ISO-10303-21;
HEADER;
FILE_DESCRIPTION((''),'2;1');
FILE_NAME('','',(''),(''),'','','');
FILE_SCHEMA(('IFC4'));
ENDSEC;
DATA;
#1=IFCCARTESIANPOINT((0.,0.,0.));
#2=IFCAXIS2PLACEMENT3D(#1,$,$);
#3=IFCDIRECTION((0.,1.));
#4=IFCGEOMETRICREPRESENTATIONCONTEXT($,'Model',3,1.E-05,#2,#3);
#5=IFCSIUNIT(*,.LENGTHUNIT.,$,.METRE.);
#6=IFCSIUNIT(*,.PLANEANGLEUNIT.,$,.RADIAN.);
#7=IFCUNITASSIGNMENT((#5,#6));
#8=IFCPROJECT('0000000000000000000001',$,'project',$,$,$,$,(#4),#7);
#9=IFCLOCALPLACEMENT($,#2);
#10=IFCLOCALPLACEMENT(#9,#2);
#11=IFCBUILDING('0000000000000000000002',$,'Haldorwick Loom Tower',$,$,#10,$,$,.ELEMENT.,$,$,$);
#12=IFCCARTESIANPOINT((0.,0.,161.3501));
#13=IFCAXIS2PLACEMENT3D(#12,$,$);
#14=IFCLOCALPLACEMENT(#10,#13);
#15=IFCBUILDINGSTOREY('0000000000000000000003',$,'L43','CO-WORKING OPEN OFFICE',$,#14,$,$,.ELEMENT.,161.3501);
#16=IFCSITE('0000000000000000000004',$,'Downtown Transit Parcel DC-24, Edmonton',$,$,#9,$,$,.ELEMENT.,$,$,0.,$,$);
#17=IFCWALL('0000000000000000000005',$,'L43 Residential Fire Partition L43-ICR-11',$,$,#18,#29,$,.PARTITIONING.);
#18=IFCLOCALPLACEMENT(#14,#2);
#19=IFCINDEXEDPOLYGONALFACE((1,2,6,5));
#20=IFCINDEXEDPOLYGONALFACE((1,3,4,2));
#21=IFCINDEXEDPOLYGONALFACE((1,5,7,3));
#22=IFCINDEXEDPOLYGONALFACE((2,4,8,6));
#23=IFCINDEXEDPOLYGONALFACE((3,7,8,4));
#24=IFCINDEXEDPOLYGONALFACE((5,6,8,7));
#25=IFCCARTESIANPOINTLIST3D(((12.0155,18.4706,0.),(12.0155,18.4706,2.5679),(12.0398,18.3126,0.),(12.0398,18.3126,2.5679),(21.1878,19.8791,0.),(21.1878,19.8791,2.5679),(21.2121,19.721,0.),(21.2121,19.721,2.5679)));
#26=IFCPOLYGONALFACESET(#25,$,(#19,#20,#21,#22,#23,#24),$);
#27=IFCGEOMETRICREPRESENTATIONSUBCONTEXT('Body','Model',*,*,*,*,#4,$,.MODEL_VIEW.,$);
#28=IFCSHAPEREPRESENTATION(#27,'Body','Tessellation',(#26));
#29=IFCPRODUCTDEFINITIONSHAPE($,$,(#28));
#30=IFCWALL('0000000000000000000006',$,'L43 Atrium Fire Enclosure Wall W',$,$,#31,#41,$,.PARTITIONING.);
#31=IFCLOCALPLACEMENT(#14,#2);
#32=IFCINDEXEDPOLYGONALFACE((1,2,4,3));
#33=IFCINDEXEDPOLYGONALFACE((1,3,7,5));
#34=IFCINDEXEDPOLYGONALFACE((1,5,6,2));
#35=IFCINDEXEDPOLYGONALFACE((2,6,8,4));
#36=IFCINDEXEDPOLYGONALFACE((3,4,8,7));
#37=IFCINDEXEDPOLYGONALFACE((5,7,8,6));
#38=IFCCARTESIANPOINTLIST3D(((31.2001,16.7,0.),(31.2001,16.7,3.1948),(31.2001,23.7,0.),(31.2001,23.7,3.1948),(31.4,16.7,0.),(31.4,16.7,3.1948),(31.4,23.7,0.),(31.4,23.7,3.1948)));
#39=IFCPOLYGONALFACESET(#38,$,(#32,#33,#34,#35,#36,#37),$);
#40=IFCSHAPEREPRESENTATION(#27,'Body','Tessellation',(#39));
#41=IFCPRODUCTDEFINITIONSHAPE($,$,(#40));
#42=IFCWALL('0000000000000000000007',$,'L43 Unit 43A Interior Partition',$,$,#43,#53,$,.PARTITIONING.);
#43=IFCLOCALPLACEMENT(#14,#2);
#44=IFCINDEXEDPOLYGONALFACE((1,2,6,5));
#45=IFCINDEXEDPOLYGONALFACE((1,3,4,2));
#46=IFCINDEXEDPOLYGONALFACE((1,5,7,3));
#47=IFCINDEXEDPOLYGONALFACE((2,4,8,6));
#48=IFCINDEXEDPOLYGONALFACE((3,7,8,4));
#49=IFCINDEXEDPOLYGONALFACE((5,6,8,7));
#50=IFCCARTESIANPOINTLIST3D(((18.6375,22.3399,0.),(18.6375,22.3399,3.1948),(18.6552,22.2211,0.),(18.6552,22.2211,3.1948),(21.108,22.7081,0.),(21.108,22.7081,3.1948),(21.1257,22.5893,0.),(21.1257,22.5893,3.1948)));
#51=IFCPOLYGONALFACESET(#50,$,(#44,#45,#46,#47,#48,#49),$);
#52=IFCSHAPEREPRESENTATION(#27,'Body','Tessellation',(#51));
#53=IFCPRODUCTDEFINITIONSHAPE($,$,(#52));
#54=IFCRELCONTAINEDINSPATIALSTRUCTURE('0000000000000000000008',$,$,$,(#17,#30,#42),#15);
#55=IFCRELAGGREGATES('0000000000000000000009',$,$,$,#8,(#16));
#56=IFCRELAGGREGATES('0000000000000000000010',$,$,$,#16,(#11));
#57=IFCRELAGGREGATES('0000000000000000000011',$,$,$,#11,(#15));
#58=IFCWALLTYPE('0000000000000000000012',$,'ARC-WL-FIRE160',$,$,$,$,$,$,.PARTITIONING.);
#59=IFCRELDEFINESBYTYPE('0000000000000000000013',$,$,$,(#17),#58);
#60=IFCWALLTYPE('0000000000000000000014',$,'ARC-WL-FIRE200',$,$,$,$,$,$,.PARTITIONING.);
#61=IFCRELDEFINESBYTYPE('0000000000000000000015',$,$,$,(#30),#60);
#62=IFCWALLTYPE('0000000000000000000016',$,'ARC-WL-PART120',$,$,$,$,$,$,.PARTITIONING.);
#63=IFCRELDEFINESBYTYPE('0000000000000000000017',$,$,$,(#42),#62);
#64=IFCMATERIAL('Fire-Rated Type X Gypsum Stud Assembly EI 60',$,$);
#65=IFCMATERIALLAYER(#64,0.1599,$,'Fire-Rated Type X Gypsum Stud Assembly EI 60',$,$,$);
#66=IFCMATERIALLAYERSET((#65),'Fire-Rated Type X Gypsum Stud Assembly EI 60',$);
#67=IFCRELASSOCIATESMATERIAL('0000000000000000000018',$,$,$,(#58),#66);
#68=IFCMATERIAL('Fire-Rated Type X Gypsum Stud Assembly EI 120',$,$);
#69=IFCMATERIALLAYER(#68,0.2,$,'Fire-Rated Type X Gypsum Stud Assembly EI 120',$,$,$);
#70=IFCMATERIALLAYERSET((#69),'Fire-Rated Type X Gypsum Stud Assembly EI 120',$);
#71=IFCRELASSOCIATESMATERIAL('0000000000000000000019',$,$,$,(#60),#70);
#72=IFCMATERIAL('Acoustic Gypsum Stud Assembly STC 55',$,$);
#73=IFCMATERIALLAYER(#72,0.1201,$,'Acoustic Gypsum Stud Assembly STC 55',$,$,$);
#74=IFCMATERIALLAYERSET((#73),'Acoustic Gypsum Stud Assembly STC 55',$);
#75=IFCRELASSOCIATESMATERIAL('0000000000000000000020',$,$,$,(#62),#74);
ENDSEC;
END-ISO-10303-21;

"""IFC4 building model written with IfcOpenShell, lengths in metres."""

from ifc_helpers import new_model, si_unit, direction, frame, frame_2d, origin, place, context, subcontext, project, spatial, rectangle, extrude, material, layer, layer_set, type_object, element, save


model = new_model("IFC4")

# Units and contexts
model_context = context("Model", 3, precision=1e-05, world=origin(), true_north=direction((0.0, 1.0)))
body_context = subcontext(model_context, "Body", "Model", "MODEL_VIEW")
ifc_project = project(units=[si_unit("LENGTHUNIT", "METRE"), si_unit("PLANEANGLEUNIT", "RADIAN")], contexts=[model_context])

# Site, building, storey
site_placement = place(None, origin())
site = spatial("IfcSite", under=ifc_project, at=site_placement, Name="Downtown Transit Parcel DC-24, Edmonton", CompositionType="ELEMENT", RefElevation=0.0)
building_placement = place(site_placement, origin())
building = spatial("IfcBuilding", under=site, at=building_placement, Name="Haldorwick Loom Tower", CompositionType="ELEMENT")
storey_placement = place(building_placement, frame((0.0, 0.0, 161.3501)))
storey = spatial("IfcBuildingStorey", under=building, at=storey_placement, Name="L43", Description="CO-WORKING OPEN OFFICE", CompositionType="ELEMENT", Elevation=161.3501)

# Walls
ifc_material_1 = material(Name="Fire-Rated Type X Gypsum Stud Assembly EI 60")
ifc_layer_1 = layer(ifc_material_1, 0.1599, Name="Fire-Rated Type X Gypsum Stud Assembly EI 60")
ifc_layer_set_1 = layer_set([ifc_layer_1], Name="Fire-Rated Type X Gypsum Stud Assembly EI 60")
wall_type_1 = type_object("IfcWallType", Name="ARC-WL-FIRE160", PredefinedType="PARTITIONING", material=ifc_layer_set_1)
wall_1_placement = place(storey_placement, frame((21.2, 19.8, 0.0), z_axis=(0.0, 0.0, 1.0), x_axis=(-0.988415, -0.151774, 0.0)))
element("IfcWall", 1, at=wall_1_placement, inside=storey, type_object=wall_type_1, Name="L43 Residential Fire Partition L43-ICR-11", PredefinedType="PARTITIONING", context=body_context, shape_type="SweptSolid", body=[
    extrude(rectangle(XDim=9.2798, YDim=0.1599, at=frame_2d((4.6399, 0.0))), origin(), (0.0, 0.0, 1.0), 2.5679),
])
ifc_material_2 = material(Name="Fire-Rated Type X Gypsum Stud Assembly EI 120")
ifc_layer_2 = layer(ifc_material_2, 0.2, Name="Fire-Rated Type X Gypsum Stud Assembly EI 120")
ifc_layer_set_2 = layer_set([ifc_layer_2], Name="Fire-Rated Type X Gypsum Stud Assembly EI 120")
wall_type_2 = type_object("IfcWallType", Name="ARC-WL-FIRE200", PredefinedType="PARTITIONING", material=ifc_layer_set_2)
wall_2_placement = place(storey_placement, frame((31.3, 16.7, 0.0), z_axis=(0.0, 0.0, 1.0), x_axis=(0.0, 1.0, 0.0)))
element("IfcWall", 2, at=wall_2_placement, inside=storey, type_object=wall_type_2, Name="L43 Atrium Fire Enclosure Wall W", PredefinedType="PARTITIONING", context=body_context, shape_type="SweptSolid", body=[
    extrude(rectangle(XDim=7.0, YDim=0.2, at=frame_2d((3.5, 0.0))), origin(), (0.0, 0.0, 1.0), 3.1948),
])
ifc_material_3 = material(Name="Acoustic Gypsum Stud Assembly STC 55")
ifc_layer_3 = layer(ifc_material_3, 0.1201, Name="Acoustic Gypsum Stud Assembly STC 55")
ifc_layer_set_3 = layer_set([ifc_layer_3], Name="Acoustic Gypsum Stud Assembly STC 55")
wall_type_3 = type_object("IfcWallType", Name="ARC-WL-PART120", PredefinedType="PARTITIONING", material=ifc_layer_set_3)
wall_3_placement = place(storey_placement, frame((21.1169, 22.6487, 0.0), z_axis=(0.0, 0.0, 1.0), x_axis=(-0.989077, -0.147399, 0.0)))
element("IfcWall", 3, at=wall_3_placement, inside=storey, type_object=wall_type_3, Name="L43 Unit 43A Interior Partition", PredefinedType="PARTITIONING", context=body_context, shape_type="SweptSolid", body=[
    extrude(rectangle(XDim=2.4978, YDim=0.1201, at=frame_2d((1.249, 0.0))), origin(), (0.0, 0.0, 1.0), 3.1948),
])

save(model, "model.ifc")
